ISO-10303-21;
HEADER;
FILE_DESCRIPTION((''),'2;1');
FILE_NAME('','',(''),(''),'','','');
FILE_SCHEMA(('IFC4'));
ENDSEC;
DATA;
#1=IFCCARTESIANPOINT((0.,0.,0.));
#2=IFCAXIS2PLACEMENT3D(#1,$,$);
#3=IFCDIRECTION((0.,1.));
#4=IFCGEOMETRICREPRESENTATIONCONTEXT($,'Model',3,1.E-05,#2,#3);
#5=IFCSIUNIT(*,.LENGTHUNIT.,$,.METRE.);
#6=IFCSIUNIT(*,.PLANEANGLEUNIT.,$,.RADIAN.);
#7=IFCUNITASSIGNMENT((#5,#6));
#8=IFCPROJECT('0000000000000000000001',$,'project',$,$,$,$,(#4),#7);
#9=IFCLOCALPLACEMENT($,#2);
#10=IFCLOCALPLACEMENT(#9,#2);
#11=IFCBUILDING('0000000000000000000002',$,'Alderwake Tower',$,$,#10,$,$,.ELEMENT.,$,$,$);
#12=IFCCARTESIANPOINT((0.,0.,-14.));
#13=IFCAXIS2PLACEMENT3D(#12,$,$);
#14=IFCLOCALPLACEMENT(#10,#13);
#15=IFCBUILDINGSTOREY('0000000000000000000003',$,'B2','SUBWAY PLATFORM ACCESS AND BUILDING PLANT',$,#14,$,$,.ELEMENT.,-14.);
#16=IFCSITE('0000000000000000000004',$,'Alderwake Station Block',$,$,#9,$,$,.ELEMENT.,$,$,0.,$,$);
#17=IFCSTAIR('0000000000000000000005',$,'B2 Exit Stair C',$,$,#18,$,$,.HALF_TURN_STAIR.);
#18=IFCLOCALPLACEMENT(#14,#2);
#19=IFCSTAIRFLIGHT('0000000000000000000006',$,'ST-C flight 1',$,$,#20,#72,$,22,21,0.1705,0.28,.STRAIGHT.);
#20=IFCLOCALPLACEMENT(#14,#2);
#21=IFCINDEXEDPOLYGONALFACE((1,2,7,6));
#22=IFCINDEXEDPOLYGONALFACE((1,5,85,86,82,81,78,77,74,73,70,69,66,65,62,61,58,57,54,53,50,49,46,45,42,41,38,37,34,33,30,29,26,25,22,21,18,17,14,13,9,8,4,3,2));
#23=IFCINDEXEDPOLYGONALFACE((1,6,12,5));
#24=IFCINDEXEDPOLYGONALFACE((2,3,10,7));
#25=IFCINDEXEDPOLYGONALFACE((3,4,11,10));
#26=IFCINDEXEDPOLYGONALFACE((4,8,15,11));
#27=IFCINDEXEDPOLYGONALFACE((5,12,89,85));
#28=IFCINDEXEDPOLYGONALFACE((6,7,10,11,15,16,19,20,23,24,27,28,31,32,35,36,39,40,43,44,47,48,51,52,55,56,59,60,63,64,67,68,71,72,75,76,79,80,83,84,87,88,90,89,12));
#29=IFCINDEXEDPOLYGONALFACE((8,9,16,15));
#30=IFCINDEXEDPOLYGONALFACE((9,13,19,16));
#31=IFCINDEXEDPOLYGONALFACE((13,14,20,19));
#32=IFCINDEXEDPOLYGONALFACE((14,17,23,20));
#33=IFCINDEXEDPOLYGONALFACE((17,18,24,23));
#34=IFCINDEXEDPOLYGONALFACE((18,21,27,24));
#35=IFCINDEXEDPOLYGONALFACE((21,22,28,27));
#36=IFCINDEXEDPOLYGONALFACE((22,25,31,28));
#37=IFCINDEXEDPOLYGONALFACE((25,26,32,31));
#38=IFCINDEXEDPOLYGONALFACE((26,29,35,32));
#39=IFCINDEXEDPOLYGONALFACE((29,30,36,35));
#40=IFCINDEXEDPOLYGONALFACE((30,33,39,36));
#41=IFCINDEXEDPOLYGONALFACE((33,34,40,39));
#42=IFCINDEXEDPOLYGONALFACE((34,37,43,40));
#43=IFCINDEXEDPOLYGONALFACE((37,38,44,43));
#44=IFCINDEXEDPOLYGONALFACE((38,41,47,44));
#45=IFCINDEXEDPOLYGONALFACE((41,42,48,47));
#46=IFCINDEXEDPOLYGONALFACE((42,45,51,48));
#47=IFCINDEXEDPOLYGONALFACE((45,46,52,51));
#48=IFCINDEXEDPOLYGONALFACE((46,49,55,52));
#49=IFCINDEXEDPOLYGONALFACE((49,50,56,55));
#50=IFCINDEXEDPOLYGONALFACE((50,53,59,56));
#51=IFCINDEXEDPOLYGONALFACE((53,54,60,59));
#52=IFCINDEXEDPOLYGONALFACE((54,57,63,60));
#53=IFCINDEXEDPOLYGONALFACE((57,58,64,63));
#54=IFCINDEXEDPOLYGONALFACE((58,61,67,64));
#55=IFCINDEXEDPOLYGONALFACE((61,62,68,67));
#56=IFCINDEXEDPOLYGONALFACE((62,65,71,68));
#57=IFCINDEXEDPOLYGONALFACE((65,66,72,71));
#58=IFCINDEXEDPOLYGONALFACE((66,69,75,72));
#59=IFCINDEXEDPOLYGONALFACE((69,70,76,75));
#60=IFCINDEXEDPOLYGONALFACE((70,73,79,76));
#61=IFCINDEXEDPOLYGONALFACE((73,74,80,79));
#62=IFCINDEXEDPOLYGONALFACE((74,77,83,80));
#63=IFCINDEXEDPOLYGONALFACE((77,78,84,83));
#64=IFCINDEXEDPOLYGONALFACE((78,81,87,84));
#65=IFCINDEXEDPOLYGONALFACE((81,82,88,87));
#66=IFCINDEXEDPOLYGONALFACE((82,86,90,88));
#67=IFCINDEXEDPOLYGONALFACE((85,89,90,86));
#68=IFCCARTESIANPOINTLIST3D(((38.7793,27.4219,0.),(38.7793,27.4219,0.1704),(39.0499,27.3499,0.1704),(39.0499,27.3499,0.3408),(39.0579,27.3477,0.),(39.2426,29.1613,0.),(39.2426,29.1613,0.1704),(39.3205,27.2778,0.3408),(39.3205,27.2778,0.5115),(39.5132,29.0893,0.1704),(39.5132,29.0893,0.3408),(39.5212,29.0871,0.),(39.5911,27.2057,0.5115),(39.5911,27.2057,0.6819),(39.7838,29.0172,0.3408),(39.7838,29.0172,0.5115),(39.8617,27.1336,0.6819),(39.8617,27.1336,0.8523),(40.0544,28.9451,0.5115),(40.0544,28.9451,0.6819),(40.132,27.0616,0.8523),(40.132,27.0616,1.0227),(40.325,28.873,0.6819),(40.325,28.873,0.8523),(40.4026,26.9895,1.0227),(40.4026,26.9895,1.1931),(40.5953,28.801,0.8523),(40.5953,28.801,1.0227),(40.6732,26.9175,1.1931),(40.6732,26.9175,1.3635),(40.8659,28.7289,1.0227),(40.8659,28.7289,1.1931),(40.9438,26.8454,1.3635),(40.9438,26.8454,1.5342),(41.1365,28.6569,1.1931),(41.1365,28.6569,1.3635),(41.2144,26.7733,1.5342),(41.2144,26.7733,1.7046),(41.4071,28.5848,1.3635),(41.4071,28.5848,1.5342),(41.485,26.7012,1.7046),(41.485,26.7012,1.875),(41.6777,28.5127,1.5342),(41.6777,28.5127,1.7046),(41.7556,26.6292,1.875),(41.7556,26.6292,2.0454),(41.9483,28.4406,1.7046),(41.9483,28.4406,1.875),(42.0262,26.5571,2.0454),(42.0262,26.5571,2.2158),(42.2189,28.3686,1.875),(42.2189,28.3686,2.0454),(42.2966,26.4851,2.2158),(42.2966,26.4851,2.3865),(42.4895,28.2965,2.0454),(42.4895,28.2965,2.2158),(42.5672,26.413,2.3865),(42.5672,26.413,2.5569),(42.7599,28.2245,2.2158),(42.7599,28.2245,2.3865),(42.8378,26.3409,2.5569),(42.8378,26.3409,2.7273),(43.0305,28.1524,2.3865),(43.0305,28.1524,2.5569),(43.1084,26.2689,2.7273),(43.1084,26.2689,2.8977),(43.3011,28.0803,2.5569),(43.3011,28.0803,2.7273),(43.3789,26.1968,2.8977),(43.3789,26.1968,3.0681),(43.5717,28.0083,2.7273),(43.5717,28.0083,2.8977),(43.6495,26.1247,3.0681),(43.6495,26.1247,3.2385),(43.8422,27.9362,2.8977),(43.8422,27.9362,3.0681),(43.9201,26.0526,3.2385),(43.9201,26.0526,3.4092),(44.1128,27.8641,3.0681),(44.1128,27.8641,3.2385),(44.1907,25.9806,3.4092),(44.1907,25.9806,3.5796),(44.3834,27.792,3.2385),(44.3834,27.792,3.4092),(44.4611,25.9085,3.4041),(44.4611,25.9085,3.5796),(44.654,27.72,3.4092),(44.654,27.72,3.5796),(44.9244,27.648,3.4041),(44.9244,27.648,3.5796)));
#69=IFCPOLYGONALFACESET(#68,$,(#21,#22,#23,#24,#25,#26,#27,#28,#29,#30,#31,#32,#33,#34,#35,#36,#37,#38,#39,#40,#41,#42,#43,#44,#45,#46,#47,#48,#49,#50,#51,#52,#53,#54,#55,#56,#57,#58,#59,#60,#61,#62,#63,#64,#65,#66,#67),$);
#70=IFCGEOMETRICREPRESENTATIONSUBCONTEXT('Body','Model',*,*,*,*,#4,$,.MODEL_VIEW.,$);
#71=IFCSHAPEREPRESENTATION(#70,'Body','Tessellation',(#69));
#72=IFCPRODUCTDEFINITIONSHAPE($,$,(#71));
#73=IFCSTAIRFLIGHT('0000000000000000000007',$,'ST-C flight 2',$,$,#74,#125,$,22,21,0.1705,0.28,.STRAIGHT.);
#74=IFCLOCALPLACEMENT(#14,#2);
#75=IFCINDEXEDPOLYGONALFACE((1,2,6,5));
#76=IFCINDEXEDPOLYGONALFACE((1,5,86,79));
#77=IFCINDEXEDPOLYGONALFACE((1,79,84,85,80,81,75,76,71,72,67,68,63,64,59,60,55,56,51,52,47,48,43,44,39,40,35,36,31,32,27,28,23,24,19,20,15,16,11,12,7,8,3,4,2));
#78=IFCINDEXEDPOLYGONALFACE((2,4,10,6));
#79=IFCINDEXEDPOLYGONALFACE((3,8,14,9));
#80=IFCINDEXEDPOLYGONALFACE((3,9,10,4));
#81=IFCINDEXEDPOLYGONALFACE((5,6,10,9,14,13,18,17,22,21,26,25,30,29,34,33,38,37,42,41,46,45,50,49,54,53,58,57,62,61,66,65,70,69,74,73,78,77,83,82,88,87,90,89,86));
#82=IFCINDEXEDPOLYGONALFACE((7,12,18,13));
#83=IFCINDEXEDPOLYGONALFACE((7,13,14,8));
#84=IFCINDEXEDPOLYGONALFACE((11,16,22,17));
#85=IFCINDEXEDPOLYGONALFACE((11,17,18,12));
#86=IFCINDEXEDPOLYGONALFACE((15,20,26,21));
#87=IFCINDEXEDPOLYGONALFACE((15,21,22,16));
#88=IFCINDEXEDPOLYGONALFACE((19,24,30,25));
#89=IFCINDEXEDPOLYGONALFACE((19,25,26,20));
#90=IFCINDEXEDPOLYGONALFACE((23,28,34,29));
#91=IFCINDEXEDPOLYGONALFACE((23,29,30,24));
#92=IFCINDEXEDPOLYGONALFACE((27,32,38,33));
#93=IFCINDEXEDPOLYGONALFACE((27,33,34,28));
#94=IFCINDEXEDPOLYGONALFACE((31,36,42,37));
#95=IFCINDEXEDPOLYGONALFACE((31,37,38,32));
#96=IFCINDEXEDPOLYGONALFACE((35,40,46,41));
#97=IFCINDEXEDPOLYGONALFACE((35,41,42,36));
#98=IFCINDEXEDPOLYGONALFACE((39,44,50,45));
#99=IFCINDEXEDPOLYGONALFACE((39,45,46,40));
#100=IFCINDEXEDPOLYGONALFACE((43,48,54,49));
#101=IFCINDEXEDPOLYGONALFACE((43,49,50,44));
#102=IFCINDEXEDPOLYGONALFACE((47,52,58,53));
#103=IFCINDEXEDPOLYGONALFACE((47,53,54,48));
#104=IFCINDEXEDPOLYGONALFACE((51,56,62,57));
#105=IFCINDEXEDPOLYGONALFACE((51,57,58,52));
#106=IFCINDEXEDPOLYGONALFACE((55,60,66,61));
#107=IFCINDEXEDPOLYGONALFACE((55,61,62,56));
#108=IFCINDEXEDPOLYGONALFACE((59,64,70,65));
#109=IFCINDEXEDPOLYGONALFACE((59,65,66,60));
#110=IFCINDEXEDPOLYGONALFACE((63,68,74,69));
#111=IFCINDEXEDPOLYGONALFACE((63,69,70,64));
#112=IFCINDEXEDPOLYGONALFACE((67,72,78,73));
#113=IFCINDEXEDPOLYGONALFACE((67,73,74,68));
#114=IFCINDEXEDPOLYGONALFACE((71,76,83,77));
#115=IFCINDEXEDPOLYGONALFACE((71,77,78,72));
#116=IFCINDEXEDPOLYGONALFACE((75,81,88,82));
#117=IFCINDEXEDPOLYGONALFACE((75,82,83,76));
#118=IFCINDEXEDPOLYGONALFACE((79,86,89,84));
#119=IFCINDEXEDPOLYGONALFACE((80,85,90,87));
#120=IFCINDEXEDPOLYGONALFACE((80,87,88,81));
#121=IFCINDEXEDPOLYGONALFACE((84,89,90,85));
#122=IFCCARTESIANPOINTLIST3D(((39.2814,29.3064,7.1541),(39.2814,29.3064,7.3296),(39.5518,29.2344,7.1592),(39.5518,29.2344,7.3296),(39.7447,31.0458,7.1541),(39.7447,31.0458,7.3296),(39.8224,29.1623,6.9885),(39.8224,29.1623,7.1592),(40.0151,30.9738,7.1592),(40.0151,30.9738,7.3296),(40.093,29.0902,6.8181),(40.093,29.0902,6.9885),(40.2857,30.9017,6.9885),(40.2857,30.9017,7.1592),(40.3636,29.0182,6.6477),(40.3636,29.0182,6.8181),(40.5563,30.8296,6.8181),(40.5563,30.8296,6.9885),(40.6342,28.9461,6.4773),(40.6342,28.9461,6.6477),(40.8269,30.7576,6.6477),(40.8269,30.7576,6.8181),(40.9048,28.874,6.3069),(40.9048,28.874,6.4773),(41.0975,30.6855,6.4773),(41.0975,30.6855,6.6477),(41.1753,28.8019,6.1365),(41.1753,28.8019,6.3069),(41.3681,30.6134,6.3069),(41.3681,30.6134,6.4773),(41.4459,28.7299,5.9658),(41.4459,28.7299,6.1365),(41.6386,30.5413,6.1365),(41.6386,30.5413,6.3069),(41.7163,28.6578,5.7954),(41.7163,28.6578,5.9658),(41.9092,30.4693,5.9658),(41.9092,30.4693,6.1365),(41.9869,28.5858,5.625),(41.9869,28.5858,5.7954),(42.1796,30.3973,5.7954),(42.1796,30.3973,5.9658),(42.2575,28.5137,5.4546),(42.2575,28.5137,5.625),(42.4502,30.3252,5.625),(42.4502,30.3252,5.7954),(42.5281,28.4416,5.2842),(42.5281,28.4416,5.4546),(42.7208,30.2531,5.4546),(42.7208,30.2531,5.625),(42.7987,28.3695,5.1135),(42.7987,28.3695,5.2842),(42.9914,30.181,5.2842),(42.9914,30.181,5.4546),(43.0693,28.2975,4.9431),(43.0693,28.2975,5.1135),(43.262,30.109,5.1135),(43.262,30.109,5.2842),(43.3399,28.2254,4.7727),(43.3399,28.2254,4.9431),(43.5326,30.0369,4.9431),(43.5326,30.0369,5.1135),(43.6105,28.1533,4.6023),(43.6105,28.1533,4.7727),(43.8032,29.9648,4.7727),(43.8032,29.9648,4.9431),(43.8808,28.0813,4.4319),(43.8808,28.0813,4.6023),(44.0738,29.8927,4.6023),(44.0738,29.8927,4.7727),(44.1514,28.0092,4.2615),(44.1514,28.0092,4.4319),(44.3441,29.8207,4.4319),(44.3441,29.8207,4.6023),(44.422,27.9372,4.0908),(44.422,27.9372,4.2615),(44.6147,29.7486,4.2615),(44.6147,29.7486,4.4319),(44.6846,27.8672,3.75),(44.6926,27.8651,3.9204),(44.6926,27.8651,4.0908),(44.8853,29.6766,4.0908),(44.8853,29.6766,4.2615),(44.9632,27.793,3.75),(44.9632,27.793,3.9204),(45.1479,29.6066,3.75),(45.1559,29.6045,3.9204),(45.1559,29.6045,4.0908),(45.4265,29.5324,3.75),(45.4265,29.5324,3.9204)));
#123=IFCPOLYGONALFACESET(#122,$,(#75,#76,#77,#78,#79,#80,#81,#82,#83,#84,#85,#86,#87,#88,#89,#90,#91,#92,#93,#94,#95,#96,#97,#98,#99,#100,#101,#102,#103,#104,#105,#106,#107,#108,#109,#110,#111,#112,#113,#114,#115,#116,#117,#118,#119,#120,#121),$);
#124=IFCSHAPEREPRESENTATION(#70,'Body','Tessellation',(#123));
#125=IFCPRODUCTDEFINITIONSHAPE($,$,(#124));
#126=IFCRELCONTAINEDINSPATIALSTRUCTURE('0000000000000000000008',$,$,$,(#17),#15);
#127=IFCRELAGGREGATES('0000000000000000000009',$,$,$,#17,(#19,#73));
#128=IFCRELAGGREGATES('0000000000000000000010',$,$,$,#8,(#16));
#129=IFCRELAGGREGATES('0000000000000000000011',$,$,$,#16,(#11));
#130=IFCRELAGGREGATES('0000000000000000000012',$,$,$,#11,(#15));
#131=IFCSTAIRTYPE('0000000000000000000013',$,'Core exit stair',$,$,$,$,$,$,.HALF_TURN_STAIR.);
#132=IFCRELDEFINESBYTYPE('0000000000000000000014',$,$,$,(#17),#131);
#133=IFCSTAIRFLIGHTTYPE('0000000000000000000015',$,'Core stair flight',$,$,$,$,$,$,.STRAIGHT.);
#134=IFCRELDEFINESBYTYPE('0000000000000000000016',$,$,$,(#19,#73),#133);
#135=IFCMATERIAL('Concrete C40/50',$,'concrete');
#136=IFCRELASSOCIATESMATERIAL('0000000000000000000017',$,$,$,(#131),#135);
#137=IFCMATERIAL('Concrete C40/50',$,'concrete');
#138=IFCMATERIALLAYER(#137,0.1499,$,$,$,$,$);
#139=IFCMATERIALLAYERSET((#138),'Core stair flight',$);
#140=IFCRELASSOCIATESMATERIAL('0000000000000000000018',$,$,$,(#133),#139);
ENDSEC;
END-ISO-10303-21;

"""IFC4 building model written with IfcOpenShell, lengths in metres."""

from ifc_helpers import new_model, si_unit, direction, frame, origin, place, context, subcontext, project, spatial, polyline, outline, extrude, material, layer, layer_set, type_object, element, aggregate, save


model = new_model("IFC4")

# Units and contexts
model_context = context("Model", 3, precision=1e-05, world=origin(), true_north=direction((0.0, 1.0)))
body_context = subcontext(model_context, "Body", "Model", "MODEL_VIEW")
ifc_project = project(units=[si_unit("LENGTHUNIT", "METRE"), si_unit("PLANEANGLEUNIT", "RADIAN")], contexts=[model_context])

# Site, building, storey
site_placement = place(None, origin())
site = spatial("IfcSite", under=ifc_project, at=site_placement, Name="Alderwake Station Block", CompositionType="ELEMENT", RefElevation=0.0)
building_placement = place(site_placement, origin())
building = spatial("IfcBuilding", under=site, at=building_placement, Name="Alderwake Tower", CompositionType="ELEMENT")
storey_placement = place(building_placement, frame((0.0, 0.0, -14.0)))
storey = spatial("IfcBuildingStorey", under=building, at=storey_placement, Name="B2", Description="SUBWAY PLATFORM ACCESS AND BUILDING PLANT", CompositionType="ELEMENT", Elevation=-14.0)

# Stair, stair flights
ifc_material_1 = material(Name="Concrete C40/50", Category="concrete")
stair_type = type_object("IfcStairType", Name="Core exit stair", PredefinedType="HALF_TURN_STAIR", material=ifc_material_1)
stair_placement = place(storey_placement, origin())
stair = element("IfcStair", 1, at=stair_placement, inside=storey, type_object=stair_type, Name="B2 Exit Stair C", PredefinedType="HALF_TURN_STAIR")
ifc_material_2 = material(Name="Concrete C40/50", Category="concrete")
ifc_layer_1 = layer(ifc_material_2, 0.1499)
ifc_layer_set_1 = layer_set([ifc_layer_1], Name="Core stair flight")
stair_flight_type = type_object("IfcStairFlightType", Name="Core stair flight", PredefinedType="STRAIGHT", material=ifc_layer_set_1)
stair_flight_1_placement = place(storey_placement, frame((39.011, 28.2917, 0.0), z_axis=(0.0, 0.0, 1.0), x_axis=(0.96631, -0.257382, 0.0)))
stair_flight_1 = element("IfcStairFlight", 2, at=stair_flight_1_placement, type_object=stair_flight_type, Name="ST-C flight 1", NumberOfRisers=22, NumberOfTreads=21, PredefinedType="STRAIGHT", RiserHeight=0.1705, TreadLength=0.28, context=body_context, shape_type="SweptSolid", body=[
    extrude(outline(polyline([(0.0, 0.0), (0.0, 0.1704), (0.28, 0.1704), (0.28, 0.3408), (0.5601, 0.3408), (0.5601, 0.5115), (0.8401, 0.5115), (0.8401, 0.6819), (1.1201, 0.6819), (1.1201, 0.8523), (1.3999, 0.8523), (1.3999, 1.0227), (1.6799, 1.0227), (1.6799, 1.1931), (1.96, 1.1931), (1.96, 1.3635), (2.24, 1.3635), (2.24, 1.5342), (2.52, 1.5342), (2.52, 1.7046), (2.8, 1.7046), (2.8, 1.875), (3.0801, 1.875), (3.0801, 2.0454), (3.3601, 2.0454), (3.3601, 2.2158), (3.6399, 2.2158), (3.6399, 2.3865), (3.9199, 2.3865), (3.9199, 2.5569), (4.2, 2.5569), (4.2, 2.7273), (4.48, 2.7273), (4.48, 2.8977), (4.76, 2.8977), (4.76, 3.0681), (5.04, 3.0681), (5.04, 3.2385), (5.3201, 3.2385), (5.3201, 3.4092), (5.6001, 3.4092), (5.6001, 3.5796), (5.8799, 3.5796), (5.8799, 3.75), (5.8799, 3.4041), (0.2883, 0.0), (0.0, 0.0)])), frame((0.0, 0.8999, 0.0), z_axis=(0.0, -1.0, 0.0), x_axis=(1.0, 0.0, 0.0)), (0.0, 0.0, 1.0), 1.8),
])
stair_flight_2_placement = place(storey_placement, frame((45.1948, 28.6626, 3.75), z_axis=(0.0, 0.0, 1.0), x_axis=(-0.96631, 0.257382, 0.0)))
stair_flight_2 = element("IfcStairFlight", 3, at=stair_flight_2_placement, type_object=stair_flight_type, Name="ST-C flight 2", NumberOfRisers=22, NumberOfTreads=21, PredefinedType="STRAIGHT", RiserHeight=0.1705, TreadLength=0.28, context=body_context, shape_type="SweptSolid", body=[
    extrude(outline(polyline([(0.0, 0.0), (0.0, 0.1704), (0.28, 0.1704), (0.28, 0.3408), (0.5601, 0.3408), (0.5601, 0.5115), (0.8401, 0.5115), (0.8401, 0.6819), (1.1201, 0.6819), (1.1201, 0.8523), (1.3999, 0.8523), (1.3999, 1.0227), (1.6799, 1.0227), (1.6799, 1.1931), (1.96, 1.1931), (1.96, 1.3635), (2.24, 1.3635), (2.24, 1.5342), (2.52, 1.5342), (2.52, 1.7046), (2.8, 1.7046), (2.8, 1.875), (3.0801, 1.875), (3.0801, 2.0454), (3.3601, 2.0454), (3.3601, 2.2158), (3.6399, 2.2158), (3.6399, 2.3865), (3.9199, 2.3865), (3.9199, 2.5569), (4.2, 2.5569), (4.2, 2.7273), (4.48, 2.7273), (4.48, 2.8977), (4.76, 2.8977), (4.76, 3.0681), (5.04, 3.0681), (5.04, 3.2385), (5.3201, 3.2385), (5.3201, 3.4092), (5.6001, 3.4092), (5.6001, 3.5796), (5.8799, 3.5796), (5.8799, 3.75), (5.8799, 3.4041), (0.2883, 0.0), (0.0, 0.0)])), frame((0.0, 0.8999, 0.0), z_axis=(0.0, -1.0, 0.0), x_axis=(1.0, 0.0, 0.0)), (0.0, 0.0, 1.0), 1.8),
])
aggregate(stair, [stair_flight_1, stair_flight_2])

save(model, "model.ifc")
